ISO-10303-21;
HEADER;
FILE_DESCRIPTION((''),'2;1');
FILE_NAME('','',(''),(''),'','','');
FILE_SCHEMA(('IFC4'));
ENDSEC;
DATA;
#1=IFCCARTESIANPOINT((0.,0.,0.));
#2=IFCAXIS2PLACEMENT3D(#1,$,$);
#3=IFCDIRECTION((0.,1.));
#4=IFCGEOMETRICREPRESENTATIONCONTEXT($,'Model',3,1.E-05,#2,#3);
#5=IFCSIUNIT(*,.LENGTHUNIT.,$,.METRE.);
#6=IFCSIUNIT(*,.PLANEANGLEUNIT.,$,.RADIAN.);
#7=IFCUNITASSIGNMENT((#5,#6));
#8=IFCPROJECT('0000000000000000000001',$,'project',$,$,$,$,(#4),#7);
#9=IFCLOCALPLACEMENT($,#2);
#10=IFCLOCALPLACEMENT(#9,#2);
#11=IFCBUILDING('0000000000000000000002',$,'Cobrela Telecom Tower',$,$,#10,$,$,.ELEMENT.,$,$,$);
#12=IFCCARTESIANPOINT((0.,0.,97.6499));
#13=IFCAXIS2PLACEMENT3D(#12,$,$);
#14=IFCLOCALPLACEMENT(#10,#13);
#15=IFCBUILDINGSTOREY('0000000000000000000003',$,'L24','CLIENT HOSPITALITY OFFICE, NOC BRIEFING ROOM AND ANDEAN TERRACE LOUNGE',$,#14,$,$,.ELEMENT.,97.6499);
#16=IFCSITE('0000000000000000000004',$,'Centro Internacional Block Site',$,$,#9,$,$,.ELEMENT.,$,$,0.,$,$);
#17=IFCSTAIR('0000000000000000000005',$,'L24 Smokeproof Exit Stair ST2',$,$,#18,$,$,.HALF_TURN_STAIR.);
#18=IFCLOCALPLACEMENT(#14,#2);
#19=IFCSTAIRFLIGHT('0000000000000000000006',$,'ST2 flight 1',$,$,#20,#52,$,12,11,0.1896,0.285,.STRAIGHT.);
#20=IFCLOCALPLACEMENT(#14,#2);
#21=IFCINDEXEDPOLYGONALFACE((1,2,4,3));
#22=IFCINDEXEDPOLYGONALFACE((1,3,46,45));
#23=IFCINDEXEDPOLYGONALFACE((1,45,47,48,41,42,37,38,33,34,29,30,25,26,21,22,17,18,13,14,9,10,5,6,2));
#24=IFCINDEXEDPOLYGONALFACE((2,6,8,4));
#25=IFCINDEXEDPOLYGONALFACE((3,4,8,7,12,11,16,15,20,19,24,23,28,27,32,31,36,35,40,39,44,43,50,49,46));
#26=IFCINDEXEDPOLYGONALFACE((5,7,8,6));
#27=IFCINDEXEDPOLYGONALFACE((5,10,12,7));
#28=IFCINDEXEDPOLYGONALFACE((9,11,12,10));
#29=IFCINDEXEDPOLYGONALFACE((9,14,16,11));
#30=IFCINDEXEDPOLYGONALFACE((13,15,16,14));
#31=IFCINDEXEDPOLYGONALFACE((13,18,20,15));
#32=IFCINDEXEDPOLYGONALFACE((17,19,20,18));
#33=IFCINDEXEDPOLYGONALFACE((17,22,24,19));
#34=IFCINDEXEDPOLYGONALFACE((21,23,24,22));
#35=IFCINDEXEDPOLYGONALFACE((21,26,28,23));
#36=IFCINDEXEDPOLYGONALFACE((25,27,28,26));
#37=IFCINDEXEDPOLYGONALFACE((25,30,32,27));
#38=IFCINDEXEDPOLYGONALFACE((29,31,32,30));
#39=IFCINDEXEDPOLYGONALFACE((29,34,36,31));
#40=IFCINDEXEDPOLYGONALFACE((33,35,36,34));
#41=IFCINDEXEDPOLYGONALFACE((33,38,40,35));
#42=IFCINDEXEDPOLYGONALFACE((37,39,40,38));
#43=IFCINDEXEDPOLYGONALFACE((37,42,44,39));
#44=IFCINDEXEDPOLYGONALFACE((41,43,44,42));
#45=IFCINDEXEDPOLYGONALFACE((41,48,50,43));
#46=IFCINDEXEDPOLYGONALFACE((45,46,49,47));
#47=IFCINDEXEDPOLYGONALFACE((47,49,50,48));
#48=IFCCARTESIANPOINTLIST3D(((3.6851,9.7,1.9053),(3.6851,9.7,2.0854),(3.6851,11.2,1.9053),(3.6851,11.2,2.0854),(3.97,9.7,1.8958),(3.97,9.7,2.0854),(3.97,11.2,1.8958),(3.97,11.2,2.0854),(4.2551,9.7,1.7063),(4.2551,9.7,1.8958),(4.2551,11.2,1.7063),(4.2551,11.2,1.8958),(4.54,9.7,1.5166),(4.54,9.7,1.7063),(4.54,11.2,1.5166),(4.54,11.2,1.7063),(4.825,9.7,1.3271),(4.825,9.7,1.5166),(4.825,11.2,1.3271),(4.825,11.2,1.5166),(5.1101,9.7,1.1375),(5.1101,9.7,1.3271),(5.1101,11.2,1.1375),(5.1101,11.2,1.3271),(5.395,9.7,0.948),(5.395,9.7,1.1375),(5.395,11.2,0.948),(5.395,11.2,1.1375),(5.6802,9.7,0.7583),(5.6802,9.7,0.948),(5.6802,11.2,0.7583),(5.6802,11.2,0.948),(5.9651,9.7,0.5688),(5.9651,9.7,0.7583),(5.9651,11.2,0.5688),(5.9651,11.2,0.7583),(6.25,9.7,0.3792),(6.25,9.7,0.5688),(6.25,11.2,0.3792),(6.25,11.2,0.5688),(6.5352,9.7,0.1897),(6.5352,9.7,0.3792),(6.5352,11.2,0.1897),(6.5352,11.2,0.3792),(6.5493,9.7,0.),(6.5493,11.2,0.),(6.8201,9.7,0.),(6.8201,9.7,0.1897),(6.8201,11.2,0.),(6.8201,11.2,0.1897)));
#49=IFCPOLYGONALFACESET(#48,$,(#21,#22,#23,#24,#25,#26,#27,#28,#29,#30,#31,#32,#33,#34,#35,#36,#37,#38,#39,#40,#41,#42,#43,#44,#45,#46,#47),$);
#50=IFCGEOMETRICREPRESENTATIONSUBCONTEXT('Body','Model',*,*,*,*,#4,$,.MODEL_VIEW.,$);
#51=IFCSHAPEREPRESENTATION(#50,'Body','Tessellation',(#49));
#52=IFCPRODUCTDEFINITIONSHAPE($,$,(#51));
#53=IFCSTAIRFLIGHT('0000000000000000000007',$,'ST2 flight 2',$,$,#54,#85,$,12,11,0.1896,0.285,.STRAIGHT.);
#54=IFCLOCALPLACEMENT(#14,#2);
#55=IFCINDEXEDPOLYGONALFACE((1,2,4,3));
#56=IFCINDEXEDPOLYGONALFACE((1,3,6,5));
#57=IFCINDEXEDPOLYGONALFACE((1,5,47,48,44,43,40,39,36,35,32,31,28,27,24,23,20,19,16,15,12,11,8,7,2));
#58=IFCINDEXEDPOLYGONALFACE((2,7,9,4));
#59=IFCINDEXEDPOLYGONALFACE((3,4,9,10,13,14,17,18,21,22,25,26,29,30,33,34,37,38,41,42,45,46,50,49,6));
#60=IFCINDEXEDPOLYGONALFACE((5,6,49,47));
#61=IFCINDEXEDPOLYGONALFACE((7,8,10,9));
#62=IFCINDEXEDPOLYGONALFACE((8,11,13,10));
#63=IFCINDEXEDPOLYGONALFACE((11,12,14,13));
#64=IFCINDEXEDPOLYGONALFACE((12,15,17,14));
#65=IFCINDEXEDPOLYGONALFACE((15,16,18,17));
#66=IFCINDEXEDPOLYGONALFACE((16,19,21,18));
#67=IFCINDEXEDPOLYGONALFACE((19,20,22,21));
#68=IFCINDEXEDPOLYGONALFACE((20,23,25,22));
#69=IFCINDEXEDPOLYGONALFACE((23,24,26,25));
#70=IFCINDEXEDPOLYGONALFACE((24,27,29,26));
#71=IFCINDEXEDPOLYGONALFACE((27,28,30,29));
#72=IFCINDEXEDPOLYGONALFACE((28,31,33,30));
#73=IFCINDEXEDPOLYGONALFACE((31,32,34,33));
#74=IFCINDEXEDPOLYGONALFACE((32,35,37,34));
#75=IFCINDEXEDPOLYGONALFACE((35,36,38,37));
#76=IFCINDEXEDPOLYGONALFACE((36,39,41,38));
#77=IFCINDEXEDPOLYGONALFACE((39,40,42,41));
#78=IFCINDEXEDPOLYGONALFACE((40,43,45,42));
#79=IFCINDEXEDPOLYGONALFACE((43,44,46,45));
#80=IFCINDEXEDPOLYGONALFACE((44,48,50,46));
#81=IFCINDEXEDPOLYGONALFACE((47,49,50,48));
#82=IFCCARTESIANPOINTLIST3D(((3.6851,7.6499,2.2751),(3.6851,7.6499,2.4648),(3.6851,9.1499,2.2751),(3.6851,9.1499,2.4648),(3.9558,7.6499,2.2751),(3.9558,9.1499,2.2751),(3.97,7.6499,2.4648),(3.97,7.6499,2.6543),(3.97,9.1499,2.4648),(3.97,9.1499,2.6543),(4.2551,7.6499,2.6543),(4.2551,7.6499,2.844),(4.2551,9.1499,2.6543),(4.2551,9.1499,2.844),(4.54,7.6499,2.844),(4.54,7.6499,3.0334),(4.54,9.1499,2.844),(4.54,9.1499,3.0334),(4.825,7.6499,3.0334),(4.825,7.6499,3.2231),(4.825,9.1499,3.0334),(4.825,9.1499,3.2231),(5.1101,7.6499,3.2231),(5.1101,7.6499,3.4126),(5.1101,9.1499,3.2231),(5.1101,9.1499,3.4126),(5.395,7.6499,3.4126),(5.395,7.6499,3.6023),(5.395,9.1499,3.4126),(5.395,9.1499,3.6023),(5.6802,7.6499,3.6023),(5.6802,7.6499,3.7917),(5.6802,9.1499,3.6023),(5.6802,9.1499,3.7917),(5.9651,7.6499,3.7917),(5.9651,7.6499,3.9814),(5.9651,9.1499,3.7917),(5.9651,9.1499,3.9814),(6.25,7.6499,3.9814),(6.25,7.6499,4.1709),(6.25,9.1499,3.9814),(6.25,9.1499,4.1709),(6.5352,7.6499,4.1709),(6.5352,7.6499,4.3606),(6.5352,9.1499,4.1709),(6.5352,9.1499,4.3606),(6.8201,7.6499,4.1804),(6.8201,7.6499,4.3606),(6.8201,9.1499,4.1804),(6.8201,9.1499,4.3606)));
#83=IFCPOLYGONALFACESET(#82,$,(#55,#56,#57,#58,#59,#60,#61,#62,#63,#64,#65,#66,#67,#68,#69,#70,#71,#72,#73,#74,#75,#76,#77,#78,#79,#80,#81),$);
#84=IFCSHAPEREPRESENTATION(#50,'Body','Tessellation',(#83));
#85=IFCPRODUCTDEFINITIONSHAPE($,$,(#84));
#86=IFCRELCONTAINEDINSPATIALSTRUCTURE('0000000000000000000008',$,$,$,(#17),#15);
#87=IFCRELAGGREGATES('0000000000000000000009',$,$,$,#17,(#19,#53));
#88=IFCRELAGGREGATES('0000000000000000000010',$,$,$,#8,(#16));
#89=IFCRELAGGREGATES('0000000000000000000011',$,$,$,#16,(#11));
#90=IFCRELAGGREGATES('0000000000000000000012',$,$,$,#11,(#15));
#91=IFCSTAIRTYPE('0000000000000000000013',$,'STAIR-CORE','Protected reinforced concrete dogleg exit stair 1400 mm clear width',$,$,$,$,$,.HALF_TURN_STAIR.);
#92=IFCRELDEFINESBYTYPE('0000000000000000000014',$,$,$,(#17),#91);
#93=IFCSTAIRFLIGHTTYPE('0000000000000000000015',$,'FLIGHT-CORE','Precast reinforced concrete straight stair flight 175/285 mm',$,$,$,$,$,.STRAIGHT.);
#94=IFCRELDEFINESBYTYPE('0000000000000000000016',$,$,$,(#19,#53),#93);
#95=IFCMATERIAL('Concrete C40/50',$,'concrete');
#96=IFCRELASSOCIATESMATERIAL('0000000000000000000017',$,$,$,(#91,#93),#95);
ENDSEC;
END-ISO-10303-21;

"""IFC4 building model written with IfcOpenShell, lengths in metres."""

from ifc_helpers import new_model, si_unit, direction, frame, origin, place, context, subcontext, project, spatial, polyline, outline, extrude, material, type_object, element, aggregate, save


model = new_model("IFC4")

# Units and contexts
model_context = context("Model", 3, precision=1e-05, world=origin(), true_north=direction((0.0, 1.0)))
body_context = subcontext(model_context, "Body", "Model", "MODEL_VIEW")
ifc_project = project(units=[si_unit("LENGTHUNIT", "METRE"), si_unit("PLANEANGLEUNIT", "RADIAN")], contexts=[model_context])

# Site, building, storey
site_placement = place(None, origin())
site = spatial("IfcSite", under=ifc_project, at=site_placement, Name="Centro Internacional Block Site", CompositionType="ELEMENT", RefElevation=0.0)
building_placement = place(site_placement, origin())
building = spatial("IfcBuilding", under=site, at=building_placement, Name="Cobrela Telecom Tower", CompositionType="ELEMENT")
storey_placement = place(building_placement, frame((0.0, 0.0, 97.6499)))
storey = spatial("IfcBuildingStorey", under=building, at=storey_placement, Name="L24", Description="CLIENT HOSPITALITY OFFICE, NOC BRIEFING ROOM AND ANDEAN TERRACE LOUNGE", CompositionType="ELEMENT", Elevation=97.6499)

# Shared definitions
ifc_material_1 = material(Name="Concrete C40/50", Category="concrete")

# Stair, stair flights
stair_type = type_object("IfcStairType", Name="STAIR-CORE", Description="Protected reinforced concrete dogleg exit stair 1400 mm clear width", PredefinedType="HALF_TURN_STAIR", material=ifc_material_1)
stair_placement = place(storey_placement, origin())
stair = element("IfcStair", 1, at=stair_placement, inside=storey, type_object=stair_type, Name="L24 Smokeproof Exit Stair ST2", PredefinedType="HALF_TURN_STAIR")
stair_flight_type = type_object("IfcStairFlightType", Name="FLIGHT-CORE", Description="Precast reinforced concrete straight stair flight 175/285 mm", PredefinedType="STRAIGHT", material=ifc_material_1)
stair_flight_1_placement = place(storey_placement, frame((6.8201, 10.45, 0.0), z_axis=(0.0, 0.0, 1.0), x_axis=(-1.0, 0.0, 0.0)))
stair_flight_1 = element("IfcStairFlight", 2, at=stair_flight_1_placement, type_object=stair_flight_type, Name="ST2 flight 1", NumberOfRisers=12, NumberOfTreads=11, PredefinedType="STRAIGHT", RiserHeight=0.1896, TreadLength=0.285, context=body_context, shape_type="SweptSolid", body=[
    extrude(outline(polyline([(0.0, 0.0), (0.0, 0.1897), (0.2849, 0.1897), (0.2849, 0.3792), (0.5701, 0.3792), (0.5701, 0.5688), (0.855, 0.5688), (0.855, 0.7583), (1.1399, 0.7583), (1.1399, 0.948), (1.425, 0.948), (1.425, 1.1375), (1.71, 1.1375), (1.71, 1.3271), (1.9951, 1.3271), (1.9951, 1.5166), (2.28, 1.5166), (2.28, 1.7063), (2.5649, 1.7063), (2.5649, 1.8958), (2.8501, 1.8958), (2.8501, 2.0854), (3.135, 2.0854), (3.135, 2.2749), (3.135, 1.9053), (0.2708, 0.0), (0.0, 0.0)])), frame((0.0, 0.75, 0.0), z_axis=(0.0, -1.0, 0.0), x_axis=(1.0, 0.0, 0.0)), (0.0, 0.0, 1.0), 1.5),
])
stair_flight_2_placement = place(storey_placement, frame((3.6851, 8.3999, 2.2751), z_axis=(0.0, 0.0, 1.0), x_axis=(1.0, 0.0, 0.0)))
stair_flight_2 = element("IfcStairFlight", 3, at=stair_flight_2_placement, type_object=stair_flight_type, Name="ST2 flight 2", NumberOfRisers=12, NumberOfTreads=11, PredefinedType="STRAIGHT", RiserHeight=0.1896, TreadLength=0.285, context=body_context, shape_type="SweptSolid", body=[
    extrude(outline(polyline([(0.0, 0.0), (0.0, 0.1897), (0.2849, 0.1897), (0.2849, 0.3792), (0.5701, 0.3792), (0.5701, 0.5688), (0.855, 0.5688), (0.855, 0.7583), (1.1399, 0.7583), (1.1399, 0.948), (1.425, 0.948), (1.425, 1.1375), (1.71, 1.1375), (1.71, 1.3271), (1.9951, 1.3271), (1.9951, 1.5166), (2.28, 1.5166), (2.28, 1.7063), (2.5649, 1.7063), (2.5649, 1.8958), (2.8501, 1.8958), (2.8501, 2.0854), (3.135, 2.0854), (3.135, 2.2749), (3.135, 1.9053), (0.2708, 0.0), (0.0, 0.0)])), frame((0.0, 0.75, 0.0), z_axis=(0.0, -1.0, 0.0), x_axis=(1.0, 0.0, 0.0)), (0.0, 0.0, 1.0), 1.5),
])
aggregate(stair, [stair_flight_1, stair_flight_2])

save(model, "model.ifc")
